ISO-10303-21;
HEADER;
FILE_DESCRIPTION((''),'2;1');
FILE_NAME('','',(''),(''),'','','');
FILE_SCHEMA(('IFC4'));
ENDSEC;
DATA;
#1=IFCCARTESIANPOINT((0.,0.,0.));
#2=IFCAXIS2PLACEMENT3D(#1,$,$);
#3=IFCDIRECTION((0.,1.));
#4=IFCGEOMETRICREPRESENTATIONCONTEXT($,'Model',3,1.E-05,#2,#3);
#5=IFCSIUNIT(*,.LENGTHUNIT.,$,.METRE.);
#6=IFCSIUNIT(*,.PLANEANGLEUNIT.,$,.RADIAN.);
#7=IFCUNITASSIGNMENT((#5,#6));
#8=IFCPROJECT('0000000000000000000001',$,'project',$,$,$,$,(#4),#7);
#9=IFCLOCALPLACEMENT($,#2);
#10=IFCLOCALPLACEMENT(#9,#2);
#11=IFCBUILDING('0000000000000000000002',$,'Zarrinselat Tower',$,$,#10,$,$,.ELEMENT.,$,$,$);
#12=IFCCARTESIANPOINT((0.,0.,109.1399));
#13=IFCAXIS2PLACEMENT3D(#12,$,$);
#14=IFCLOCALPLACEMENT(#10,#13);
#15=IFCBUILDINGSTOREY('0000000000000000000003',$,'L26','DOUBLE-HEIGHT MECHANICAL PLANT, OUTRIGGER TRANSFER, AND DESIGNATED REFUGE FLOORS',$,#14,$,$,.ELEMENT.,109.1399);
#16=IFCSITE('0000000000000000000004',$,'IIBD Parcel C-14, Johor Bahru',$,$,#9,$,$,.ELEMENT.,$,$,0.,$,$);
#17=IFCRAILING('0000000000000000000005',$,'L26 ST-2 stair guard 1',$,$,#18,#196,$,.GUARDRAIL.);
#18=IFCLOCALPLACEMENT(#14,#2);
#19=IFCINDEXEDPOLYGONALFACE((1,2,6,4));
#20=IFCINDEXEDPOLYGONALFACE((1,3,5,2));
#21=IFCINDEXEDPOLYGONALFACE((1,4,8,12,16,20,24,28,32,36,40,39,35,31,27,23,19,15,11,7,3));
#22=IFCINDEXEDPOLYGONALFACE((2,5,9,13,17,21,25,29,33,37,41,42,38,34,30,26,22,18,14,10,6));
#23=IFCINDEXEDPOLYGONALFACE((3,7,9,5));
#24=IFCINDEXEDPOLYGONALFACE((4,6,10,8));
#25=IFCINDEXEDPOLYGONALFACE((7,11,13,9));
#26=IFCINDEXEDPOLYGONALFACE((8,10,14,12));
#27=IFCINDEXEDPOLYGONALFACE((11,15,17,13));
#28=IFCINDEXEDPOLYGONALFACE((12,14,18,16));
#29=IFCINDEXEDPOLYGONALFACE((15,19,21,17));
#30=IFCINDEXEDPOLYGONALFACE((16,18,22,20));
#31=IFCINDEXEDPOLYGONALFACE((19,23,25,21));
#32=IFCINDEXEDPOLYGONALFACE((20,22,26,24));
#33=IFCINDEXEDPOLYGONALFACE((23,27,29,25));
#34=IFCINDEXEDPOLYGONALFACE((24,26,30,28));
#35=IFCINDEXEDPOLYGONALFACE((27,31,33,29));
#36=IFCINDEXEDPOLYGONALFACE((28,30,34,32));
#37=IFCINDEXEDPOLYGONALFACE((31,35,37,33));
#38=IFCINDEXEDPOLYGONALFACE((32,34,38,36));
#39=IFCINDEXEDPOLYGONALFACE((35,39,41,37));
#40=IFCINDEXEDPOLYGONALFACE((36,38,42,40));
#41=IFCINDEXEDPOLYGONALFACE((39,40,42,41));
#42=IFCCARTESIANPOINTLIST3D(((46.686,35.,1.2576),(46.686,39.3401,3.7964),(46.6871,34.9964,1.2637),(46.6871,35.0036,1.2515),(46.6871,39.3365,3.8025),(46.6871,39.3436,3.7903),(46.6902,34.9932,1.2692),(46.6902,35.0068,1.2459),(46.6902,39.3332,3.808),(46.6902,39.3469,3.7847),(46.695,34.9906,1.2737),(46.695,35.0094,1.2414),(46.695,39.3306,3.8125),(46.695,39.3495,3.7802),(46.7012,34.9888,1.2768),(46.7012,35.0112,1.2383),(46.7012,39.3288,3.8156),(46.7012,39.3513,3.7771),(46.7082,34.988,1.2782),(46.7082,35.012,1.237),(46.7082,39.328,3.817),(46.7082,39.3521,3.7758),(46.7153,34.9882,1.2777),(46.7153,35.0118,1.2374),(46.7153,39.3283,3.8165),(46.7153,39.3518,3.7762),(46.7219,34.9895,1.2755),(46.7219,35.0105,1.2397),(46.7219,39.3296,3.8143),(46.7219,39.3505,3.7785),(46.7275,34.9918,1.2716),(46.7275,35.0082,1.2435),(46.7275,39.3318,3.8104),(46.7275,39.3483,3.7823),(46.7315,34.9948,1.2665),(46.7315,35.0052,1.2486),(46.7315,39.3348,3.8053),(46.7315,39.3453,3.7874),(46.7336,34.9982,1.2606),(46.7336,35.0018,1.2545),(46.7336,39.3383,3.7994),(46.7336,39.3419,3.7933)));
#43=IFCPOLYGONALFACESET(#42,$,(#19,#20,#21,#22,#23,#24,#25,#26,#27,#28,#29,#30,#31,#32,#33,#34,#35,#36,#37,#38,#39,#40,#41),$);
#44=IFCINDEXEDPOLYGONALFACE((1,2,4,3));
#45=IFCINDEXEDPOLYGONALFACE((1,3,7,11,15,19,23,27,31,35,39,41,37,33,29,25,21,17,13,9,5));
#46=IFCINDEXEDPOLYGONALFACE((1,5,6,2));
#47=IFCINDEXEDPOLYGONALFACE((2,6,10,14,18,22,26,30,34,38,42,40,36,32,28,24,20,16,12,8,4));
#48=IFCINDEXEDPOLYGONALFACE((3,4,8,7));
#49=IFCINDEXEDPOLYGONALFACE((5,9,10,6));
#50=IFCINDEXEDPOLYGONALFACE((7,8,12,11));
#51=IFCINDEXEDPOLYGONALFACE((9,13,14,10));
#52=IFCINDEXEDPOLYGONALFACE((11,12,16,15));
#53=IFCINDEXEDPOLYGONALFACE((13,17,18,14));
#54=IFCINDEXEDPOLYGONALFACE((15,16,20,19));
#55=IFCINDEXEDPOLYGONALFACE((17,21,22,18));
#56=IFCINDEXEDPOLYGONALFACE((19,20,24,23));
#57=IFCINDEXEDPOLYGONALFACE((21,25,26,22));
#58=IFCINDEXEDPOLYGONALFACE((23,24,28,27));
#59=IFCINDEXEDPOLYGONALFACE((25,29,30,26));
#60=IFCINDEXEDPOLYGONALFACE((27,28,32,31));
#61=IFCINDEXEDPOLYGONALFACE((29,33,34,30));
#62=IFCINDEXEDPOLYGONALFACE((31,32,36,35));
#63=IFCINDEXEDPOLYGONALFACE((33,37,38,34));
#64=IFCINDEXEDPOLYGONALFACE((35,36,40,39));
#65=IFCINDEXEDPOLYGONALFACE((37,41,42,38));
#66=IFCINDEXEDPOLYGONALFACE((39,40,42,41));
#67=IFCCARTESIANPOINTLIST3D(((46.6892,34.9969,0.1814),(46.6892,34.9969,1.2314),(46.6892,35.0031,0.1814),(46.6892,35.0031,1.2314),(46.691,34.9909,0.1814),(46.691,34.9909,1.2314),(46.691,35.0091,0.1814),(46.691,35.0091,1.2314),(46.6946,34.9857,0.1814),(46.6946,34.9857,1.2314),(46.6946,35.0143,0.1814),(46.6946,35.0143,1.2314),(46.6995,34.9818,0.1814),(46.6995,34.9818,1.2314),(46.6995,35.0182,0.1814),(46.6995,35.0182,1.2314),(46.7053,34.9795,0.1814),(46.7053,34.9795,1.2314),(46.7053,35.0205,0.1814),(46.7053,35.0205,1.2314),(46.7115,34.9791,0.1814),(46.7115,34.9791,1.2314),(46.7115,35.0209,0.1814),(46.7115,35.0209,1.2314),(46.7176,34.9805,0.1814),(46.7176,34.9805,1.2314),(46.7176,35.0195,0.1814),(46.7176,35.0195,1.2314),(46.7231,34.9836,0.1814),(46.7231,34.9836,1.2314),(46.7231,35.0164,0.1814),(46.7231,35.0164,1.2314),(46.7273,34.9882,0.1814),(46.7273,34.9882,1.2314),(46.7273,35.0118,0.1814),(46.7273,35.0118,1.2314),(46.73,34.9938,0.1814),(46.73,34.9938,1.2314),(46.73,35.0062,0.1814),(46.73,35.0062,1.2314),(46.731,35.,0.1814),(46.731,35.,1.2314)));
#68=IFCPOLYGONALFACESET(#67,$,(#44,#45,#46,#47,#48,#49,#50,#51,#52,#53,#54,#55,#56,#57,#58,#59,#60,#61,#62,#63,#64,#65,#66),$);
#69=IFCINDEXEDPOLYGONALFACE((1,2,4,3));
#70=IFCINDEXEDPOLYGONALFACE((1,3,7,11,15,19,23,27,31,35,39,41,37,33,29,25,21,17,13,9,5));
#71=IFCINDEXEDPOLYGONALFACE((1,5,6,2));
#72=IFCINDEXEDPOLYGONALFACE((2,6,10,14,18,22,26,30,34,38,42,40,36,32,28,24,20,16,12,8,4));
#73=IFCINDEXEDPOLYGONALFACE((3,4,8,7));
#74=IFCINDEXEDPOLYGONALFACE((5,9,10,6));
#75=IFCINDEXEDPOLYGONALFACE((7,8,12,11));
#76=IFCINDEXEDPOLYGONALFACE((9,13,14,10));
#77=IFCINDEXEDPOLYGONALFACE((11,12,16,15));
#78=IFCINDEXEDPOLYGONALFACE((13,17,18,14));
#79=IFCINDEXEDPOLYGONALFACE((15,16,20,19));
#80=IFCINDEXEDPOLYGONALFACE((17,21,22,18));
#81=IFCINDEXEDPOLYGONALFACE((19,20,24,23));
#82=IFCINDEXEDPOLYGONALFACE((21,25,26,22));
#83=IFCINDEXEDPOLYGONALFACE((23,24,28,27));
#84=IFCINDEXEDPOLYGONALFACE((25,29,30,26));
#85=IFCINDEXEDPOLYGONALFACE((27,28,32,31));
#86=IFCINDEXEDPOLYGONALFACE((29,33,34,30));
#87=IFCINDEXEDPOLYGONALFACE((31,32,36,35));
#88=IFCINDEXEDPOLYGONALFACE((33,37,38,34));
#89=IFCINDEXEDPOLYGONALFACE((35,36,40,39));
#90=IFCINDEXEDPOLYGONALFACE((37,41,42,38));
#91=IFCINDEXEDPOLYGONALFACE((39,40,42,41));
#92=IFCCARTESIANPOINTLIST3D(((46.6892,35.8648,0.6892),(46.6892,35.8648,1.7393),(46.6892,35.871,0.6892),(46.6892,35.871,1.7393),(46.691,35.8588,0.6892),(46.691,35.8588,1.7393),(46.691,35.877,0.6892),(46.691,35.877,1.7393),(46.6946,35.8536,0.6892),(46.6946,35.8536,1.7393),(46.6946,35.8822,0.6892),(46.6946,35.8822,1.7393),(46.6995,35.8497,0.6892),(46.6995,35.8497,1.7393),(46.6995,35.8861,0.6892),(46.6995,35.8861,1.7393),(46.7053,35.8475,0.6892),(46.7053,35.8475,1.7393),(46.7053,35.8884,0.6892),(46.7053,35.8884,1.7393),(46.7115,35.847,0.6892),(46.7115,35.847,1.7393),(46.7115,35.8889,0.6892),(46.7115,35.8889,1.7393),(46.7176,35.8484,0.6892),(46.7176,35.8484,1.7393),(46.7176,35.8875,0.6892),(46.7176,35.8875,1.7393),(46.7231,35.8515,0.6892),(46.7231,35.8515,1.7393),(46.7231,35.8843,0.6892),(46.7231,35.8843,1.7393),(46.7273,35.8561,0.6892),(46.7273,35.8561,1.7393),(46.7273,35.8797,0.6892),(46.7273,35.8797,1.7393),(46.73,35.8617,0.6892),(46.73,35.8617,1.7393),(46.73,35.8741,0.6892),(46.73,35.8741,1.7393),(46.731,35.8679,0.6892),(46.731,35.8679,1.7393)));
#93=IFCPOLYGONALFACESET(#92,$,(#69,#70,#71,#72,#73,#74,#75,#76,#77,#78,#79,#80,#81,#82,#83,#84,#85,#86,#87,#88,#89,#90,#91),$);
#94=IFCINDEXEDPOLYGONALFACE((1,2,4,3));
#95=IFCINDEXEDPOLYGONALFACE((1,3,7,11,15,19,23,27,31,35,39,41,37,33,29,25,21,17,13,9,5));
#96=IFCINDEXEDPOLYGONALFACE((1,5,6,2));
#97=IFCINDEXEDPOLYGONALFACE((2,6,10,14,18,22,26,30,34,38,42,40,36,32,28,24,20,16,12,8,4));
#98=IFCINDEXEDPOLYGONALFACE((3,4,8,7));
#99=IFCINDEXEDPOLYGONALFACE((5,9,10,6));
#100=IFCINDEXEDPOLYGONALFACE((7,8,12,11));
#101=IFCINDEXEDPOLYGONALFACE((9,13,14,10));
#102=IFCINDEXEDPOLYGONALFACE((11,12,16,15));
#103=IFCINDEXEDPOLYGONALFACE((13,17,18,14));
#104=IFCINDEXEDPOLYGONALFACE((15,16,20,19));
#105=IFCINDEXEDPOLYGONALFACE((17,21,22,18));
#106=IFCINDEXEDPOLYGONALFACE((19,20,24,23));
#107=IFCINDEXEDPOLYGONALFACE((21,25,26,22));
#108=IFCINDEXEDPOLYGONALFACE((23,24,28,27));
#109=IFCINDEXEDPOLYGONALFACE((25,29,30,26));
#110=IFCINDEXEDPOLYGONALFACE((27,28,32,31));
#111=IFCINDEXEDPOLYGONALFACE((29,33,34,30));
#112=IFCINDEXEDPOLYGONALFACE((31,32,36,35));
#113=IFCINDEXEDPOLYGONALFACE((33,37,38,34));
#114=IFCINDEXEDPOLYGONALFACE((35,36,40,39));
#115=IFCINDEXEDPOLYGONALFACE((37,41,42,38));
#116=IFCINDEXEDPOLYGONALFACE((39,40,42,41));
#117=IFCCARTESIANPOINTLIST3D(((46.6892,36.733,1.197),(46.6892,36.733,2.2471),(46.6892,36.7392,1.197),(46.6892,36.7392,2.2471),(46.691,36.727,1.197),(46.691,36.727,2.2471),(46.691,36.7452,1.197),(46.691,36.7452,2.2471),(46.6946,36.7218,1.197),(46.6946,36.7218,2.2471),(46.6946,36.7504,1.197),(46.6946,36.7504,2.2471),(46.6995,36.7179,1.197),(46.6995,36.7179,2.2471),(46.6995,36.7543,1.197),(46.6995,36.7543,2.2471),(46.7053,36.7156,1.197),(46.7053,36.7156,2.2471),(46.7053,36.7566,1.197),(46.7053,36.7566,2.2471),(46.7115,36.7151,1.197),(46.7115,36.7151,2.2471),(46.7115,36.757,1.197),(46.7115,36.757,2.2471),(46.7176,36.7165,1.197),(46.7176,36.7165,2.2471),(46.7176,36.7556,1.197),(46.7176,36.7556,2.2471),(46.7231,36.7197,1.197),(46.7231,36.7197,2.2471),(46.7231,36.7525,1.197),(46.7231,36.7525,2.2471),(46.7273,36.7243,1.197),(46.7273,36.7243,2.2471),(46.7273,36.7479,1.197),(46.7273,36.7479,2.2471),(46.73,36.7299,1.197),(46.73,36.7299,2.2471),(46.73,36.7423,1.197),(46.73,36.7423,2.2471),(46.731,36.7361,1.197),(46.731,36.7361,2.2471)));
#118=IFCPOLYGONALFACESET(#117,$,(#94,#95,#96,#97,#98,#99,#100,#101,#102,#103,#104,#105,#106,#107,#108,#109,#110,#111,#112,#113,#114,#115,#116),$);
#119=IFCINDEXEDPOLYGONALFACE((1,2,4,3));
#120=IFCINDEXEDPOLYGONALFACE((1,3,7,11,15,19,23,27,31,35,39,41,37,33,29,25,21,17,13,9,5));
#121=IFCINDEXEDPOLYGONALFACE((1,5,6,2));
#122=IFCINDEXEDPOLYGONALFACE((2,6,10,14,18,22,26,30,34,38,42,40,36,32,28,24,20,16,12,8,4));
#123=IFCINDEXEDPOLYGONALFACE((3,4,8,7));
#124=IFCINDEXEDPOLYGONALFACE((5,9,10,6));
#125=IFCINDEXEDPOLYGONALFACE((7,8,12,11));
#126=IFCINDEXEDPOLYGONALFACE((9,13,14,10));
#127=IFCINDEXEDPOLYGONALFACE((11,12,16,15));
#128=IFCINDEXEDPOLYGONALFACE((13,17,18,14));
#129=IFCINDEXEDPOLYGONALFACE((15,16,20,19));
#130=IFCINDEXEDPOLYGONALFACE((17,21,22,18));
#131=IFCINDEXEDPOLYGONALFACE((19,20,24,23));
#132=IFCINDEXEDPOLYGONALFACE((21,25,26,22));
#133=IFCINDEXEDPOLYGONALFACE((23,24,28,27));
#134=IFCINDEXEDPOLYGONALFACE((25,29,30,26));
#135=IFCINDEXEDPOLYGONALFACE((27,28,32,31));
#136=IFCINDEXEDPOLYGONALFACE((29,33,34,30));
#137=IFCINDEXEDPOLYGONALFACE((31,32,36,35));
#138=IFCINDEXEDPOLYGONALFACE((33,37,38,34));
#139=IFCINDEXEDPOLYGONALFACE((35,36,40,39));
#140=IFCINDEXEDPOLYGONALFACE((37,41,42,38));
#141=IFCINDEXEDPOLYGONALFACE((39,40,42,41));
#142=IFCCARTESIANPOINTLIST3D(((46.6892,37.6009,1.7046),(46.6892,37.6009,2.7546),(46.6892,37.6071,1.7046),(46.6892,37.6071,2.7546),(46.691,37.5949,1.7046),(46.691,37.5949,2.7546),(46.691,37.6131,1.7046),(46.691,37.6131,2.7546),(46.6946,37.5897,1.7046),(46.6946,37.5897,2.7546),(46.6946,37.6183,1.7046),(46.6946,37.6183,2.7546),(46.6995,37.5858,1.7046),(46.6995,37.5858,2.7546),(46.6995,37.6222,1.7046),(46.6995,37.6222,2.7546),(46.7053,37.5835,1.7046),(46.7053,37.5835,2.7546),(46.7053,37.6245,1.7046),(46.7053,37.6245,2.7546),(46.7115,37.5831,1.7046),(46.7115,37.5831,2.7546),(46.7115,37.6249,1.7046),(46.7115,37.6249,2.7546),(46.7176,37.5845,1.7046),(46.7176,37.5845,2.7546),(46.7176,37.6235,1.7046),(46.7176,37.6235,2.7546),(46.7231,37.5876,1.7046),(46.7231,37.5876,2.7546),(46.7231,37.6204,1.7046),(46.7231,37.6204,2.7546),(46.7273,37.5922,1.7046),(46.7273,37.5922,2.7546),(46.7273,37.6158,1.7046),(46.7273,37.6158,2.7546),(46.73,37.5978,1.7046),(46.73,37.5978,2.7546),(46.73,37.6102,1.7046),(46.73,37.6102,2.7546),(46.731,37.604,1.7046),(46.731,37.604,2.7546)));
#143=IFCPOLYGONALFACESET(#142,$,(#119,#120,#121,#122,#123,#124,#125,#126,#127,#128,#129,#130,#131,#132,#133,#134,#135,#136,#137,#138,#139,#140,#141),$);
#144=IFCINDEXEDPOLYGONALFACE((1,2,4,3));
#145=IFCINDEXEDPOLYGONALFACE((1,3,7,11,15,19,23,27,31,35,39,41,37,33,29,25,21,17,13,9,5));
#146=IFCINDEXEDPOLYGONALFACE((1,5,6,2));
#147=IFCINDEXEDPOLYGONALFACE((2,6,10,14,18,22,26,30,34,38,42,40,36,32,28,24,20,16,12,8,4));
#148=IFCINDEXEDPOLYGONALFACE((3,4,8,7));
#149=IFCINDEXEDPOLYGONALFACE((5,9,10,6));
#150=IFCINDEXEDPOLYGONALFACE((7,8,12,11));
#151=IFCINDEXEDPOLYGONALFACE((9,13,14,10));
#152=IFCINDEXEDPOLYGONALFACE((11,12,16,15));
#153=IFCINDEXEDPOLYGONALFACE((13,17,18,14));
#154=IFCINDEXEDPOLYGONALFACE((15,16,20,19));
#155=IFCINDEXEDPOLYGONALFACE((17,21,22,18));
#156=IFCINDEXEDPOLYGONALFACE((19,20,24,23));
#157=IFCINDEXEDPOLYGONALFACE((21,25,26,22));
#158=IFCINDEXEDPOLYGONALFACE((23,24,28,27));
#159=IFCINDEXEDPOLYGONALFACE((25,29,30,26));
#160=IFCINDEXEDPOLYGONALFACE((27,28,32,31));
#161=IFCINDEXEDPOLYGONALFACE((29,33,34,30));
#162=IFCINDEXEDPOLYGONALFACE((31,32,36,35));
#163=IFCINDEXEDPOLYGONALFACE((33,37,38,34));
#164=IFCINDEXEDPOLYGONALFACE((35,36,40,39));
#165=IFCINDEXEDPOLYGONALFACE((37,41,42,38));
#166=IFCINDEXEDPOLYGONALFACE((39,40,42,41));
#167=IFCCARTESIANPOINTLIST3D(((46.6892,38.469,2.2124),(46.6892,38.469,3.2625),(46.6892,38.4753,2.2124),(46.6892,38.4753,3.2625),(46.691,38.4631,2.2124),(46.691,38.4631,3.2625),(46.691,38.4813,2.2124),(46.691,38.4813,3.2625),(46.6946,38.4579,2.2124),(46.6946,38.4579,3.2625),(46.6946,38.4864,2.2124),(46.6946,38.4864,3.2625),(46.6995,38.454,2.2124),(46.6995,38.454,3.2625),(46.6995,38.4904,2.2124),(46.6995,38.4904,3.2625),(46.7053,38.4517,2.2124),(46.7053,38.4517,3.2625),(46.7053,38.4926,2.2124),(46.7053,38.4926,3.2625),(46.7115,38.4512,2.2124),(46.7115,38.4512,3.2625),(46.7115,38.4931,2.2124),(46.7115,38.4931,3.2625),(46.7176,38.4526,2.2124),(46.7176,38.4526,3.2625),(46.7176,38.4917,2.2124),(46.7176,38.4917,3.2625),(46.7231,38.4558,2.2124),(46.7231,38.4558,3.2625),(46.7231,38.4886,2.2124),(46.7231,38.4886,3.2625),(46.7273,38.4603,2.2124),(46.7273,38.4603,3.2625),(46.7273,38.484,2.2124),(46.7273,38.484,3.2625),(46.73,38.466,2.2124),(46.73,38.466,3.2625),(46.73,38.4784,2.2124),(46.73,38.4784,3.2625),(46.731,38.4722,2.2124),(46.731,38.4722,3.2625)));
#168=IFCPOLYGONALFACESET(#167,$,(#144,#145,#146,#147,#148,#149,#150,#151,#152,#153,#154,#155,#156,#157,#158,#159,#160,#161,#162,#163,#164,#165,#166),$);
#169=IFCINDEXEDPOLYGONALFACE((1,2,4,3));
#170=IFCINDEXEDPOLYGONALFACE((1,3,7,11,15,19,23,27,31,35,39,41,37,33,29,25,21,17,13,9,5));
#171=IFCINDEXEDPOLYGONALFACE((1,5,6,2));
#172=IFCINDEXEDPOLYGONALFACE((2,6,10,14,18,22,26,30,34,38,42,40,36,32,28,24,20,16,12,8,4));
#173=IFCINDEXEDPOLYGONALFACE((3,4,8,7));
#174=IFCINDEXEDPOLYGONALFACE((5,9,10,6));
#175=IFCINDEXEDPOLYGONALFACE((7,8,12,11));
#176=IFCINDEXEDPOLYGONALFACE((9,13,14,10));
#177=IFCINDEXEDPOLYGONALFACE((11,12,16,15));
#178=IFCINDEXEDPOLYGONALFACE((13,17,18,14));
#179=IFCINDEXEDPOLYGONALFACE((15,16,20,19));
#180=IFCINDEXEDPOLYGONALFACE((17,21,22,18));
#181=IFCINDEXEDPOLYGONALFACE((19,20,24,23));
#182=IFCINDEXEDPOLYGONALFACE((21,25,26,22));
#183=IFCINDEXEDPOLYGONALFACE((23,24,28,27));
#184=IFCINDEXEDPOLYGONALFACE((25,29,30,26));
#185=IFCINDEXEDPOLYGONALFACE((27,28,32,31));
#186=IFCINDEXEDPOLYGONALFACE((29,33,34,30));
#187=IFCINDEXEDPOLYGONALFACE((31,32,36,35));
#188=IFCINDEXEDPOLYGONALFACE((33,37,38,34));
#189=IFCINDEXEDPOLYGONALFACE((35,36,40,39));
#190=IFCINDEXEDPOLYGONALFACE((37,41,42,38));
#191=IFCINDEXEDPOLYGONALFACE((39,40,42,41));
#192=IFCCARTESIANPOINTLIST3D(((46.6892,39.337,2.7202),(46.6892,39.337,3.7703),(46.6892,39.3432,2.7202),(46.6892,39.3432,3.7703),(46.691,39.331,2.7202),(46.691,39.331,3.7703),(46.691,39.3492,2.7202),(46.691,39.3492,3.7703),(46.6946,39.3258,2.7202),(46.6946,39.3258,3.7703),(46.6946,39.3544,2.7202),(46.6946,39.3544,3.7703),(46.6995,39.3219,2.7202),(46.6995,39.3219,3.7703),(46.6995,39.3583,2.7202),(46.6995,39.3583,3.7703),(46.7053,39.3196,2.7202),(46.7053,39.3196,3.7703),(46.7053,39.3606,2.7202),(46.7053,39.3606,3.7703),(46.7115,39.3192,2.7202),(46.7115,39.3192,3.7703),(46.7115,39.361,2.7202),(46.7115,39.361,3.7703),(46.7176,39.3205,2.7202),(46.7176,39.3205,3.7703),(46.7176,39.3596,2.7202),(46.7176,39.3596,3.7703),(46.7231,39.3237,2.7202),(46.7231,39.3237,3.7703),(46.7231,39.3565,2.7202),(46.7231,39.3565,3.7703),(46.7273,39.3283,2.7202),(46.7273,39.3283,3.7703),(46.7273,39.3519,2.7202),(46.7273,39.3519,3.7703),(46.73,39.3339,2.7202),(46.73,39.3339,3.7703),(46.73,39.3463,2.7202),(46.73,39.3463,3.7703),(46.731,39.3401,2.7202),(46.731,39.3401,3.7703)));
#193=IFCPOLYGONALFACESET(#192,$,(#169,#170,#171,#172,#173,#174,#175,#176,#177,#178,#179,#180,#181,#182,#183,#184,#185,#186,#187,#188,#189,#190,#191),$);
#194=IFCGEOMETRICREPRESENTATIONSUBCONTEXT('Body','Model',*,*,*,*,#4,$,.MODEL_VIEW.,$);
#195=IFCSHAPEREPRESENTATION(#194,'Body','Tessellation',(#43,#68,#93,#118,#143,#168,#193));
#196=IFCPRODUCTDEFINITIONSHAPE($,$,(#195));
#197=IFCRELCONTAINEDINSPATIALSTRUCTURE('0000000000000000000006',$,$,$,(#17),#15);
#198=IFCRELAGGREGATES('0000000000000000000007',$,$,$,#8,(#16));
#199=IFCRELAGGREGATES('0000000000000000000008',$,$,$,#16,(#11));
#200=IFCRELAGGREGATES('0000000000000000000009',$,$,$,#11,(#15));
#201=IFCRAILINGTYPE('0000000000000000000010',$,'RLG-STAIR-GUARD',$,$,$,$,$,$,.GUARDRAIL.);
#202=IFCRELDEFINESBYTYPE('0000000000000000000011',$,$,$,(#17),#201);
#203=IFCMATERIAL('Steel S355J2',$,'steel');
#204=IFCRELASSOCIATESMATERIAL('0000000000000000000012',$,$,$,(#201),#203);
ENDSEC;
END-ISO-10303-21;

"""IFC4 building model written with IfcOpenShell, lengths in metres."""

from ifc_helpers import new_model, si_unit, direction, frame, origin, origin_2d, place, context, subcontext, project, spatial, circle, extrude, material, type_object, element, save


model = new_model("IFC4")

# Units and contexts
model_context = context("Model", 3, precision=1e-05, world=origin(), true_north=direction((0.0, 1.0)))
body_context = subcontext(model_context, "Body", "Model", "MODEL_VIEW")
ifc_project = project(units=[si_unit("LENGTHUNIT", "METRE"), si_unit("PLANEANGLEUNIT", "RADIAN")], contexts=[model_context])

# Site, building, storey
site_placement = place(None, origin())
site = spatial("IfcSite", under=ifc_project, at=site_placement, Name="IIBD Parcel C-14, Johor Bahru", CompositionType="ELEMENT", RefElevation=0.0)
building_placement = place(site_placement, origin())
building = spatial("IfcBuilding", under=site, at=building_placement, Name="Zarrinselat Tower", CompositionType="ELEMENT")
storey_placement = place(building_placement, frame((0.0, 0.0, 109.1399)))
storey = spatial("IfcBuildingStorey", under=building, at=storey_placement, Name="L26", Description="DOUBLE-HEIGHT MECHANICAL PLANT, OUTRIGGER TRANSFER, AND DESIGNATED REFUGE FLOORS", CompositionType="ELEMENT", Elevation=109.1399)

# Railing
ifc_material_1 = material(Name="Steel S355J2", Category="steel")
railing_type_1 = type_object("IfcRailingType", Name="RLG-STAIR-GUARD", PredefinedType="GUARDRAIL", material=ifc_material_1)
railing_1_placement = place(storey_placement, frame((46.71, 35.0, 0.1814)))
element("IfcRailing", 1, at=railing_1_placement, inside=storey, type_object=railing_type_1, Name="L26 ST-2 stair guard 1", PredefinedType="GUARDRAIL", context=body_context, shape_type="SweptSolid", body=[
    extrude(circle(Radius=0.0239, at=origin_2d()), frame((0.0, 0.0, 1.0762), z_axis=(0.0, 0.863164, 0.504924), x_axis=(-1.0, 0.0, 0.0)), (0.0, 0.0, 1.0), 5.0281),
    extrude(circle(Radius=0.021, at=origin_2d()), origin(), (0.0, 0.0, 1.0), 1.05),
    extrude(circle(Radius=0.021, at=origin_2d()), frame((0.0, 0.8679, 0.5078)), (0.0, 0.0, 1.0), 1.05),
    extrude(circle(Radius=0.021, at=origin_2d()), frame((0.0, 1.7361, 1.0156)), (0.0, 0.0, 1.0), 1.05),
    extrude(circle(Radius=0.021, at=origin_2d()), frame((0.0, 2.604, 1.5232)), (0.0, 0.0, 1.0), 1.05),
    extrude(circle(Radius=0.021, at=origin_2d()), frame((0.0, 3.4722, 2.031)), (0.0, 0.0, 1.0), 1.05),
    extrude(circle(Radius=0.021, at=origin_2d()), frame((0.0, 4.3401, 2.5388)), (0.0, 0.0, 1.0), 1.05),
])

save(model, "model.ifc")
